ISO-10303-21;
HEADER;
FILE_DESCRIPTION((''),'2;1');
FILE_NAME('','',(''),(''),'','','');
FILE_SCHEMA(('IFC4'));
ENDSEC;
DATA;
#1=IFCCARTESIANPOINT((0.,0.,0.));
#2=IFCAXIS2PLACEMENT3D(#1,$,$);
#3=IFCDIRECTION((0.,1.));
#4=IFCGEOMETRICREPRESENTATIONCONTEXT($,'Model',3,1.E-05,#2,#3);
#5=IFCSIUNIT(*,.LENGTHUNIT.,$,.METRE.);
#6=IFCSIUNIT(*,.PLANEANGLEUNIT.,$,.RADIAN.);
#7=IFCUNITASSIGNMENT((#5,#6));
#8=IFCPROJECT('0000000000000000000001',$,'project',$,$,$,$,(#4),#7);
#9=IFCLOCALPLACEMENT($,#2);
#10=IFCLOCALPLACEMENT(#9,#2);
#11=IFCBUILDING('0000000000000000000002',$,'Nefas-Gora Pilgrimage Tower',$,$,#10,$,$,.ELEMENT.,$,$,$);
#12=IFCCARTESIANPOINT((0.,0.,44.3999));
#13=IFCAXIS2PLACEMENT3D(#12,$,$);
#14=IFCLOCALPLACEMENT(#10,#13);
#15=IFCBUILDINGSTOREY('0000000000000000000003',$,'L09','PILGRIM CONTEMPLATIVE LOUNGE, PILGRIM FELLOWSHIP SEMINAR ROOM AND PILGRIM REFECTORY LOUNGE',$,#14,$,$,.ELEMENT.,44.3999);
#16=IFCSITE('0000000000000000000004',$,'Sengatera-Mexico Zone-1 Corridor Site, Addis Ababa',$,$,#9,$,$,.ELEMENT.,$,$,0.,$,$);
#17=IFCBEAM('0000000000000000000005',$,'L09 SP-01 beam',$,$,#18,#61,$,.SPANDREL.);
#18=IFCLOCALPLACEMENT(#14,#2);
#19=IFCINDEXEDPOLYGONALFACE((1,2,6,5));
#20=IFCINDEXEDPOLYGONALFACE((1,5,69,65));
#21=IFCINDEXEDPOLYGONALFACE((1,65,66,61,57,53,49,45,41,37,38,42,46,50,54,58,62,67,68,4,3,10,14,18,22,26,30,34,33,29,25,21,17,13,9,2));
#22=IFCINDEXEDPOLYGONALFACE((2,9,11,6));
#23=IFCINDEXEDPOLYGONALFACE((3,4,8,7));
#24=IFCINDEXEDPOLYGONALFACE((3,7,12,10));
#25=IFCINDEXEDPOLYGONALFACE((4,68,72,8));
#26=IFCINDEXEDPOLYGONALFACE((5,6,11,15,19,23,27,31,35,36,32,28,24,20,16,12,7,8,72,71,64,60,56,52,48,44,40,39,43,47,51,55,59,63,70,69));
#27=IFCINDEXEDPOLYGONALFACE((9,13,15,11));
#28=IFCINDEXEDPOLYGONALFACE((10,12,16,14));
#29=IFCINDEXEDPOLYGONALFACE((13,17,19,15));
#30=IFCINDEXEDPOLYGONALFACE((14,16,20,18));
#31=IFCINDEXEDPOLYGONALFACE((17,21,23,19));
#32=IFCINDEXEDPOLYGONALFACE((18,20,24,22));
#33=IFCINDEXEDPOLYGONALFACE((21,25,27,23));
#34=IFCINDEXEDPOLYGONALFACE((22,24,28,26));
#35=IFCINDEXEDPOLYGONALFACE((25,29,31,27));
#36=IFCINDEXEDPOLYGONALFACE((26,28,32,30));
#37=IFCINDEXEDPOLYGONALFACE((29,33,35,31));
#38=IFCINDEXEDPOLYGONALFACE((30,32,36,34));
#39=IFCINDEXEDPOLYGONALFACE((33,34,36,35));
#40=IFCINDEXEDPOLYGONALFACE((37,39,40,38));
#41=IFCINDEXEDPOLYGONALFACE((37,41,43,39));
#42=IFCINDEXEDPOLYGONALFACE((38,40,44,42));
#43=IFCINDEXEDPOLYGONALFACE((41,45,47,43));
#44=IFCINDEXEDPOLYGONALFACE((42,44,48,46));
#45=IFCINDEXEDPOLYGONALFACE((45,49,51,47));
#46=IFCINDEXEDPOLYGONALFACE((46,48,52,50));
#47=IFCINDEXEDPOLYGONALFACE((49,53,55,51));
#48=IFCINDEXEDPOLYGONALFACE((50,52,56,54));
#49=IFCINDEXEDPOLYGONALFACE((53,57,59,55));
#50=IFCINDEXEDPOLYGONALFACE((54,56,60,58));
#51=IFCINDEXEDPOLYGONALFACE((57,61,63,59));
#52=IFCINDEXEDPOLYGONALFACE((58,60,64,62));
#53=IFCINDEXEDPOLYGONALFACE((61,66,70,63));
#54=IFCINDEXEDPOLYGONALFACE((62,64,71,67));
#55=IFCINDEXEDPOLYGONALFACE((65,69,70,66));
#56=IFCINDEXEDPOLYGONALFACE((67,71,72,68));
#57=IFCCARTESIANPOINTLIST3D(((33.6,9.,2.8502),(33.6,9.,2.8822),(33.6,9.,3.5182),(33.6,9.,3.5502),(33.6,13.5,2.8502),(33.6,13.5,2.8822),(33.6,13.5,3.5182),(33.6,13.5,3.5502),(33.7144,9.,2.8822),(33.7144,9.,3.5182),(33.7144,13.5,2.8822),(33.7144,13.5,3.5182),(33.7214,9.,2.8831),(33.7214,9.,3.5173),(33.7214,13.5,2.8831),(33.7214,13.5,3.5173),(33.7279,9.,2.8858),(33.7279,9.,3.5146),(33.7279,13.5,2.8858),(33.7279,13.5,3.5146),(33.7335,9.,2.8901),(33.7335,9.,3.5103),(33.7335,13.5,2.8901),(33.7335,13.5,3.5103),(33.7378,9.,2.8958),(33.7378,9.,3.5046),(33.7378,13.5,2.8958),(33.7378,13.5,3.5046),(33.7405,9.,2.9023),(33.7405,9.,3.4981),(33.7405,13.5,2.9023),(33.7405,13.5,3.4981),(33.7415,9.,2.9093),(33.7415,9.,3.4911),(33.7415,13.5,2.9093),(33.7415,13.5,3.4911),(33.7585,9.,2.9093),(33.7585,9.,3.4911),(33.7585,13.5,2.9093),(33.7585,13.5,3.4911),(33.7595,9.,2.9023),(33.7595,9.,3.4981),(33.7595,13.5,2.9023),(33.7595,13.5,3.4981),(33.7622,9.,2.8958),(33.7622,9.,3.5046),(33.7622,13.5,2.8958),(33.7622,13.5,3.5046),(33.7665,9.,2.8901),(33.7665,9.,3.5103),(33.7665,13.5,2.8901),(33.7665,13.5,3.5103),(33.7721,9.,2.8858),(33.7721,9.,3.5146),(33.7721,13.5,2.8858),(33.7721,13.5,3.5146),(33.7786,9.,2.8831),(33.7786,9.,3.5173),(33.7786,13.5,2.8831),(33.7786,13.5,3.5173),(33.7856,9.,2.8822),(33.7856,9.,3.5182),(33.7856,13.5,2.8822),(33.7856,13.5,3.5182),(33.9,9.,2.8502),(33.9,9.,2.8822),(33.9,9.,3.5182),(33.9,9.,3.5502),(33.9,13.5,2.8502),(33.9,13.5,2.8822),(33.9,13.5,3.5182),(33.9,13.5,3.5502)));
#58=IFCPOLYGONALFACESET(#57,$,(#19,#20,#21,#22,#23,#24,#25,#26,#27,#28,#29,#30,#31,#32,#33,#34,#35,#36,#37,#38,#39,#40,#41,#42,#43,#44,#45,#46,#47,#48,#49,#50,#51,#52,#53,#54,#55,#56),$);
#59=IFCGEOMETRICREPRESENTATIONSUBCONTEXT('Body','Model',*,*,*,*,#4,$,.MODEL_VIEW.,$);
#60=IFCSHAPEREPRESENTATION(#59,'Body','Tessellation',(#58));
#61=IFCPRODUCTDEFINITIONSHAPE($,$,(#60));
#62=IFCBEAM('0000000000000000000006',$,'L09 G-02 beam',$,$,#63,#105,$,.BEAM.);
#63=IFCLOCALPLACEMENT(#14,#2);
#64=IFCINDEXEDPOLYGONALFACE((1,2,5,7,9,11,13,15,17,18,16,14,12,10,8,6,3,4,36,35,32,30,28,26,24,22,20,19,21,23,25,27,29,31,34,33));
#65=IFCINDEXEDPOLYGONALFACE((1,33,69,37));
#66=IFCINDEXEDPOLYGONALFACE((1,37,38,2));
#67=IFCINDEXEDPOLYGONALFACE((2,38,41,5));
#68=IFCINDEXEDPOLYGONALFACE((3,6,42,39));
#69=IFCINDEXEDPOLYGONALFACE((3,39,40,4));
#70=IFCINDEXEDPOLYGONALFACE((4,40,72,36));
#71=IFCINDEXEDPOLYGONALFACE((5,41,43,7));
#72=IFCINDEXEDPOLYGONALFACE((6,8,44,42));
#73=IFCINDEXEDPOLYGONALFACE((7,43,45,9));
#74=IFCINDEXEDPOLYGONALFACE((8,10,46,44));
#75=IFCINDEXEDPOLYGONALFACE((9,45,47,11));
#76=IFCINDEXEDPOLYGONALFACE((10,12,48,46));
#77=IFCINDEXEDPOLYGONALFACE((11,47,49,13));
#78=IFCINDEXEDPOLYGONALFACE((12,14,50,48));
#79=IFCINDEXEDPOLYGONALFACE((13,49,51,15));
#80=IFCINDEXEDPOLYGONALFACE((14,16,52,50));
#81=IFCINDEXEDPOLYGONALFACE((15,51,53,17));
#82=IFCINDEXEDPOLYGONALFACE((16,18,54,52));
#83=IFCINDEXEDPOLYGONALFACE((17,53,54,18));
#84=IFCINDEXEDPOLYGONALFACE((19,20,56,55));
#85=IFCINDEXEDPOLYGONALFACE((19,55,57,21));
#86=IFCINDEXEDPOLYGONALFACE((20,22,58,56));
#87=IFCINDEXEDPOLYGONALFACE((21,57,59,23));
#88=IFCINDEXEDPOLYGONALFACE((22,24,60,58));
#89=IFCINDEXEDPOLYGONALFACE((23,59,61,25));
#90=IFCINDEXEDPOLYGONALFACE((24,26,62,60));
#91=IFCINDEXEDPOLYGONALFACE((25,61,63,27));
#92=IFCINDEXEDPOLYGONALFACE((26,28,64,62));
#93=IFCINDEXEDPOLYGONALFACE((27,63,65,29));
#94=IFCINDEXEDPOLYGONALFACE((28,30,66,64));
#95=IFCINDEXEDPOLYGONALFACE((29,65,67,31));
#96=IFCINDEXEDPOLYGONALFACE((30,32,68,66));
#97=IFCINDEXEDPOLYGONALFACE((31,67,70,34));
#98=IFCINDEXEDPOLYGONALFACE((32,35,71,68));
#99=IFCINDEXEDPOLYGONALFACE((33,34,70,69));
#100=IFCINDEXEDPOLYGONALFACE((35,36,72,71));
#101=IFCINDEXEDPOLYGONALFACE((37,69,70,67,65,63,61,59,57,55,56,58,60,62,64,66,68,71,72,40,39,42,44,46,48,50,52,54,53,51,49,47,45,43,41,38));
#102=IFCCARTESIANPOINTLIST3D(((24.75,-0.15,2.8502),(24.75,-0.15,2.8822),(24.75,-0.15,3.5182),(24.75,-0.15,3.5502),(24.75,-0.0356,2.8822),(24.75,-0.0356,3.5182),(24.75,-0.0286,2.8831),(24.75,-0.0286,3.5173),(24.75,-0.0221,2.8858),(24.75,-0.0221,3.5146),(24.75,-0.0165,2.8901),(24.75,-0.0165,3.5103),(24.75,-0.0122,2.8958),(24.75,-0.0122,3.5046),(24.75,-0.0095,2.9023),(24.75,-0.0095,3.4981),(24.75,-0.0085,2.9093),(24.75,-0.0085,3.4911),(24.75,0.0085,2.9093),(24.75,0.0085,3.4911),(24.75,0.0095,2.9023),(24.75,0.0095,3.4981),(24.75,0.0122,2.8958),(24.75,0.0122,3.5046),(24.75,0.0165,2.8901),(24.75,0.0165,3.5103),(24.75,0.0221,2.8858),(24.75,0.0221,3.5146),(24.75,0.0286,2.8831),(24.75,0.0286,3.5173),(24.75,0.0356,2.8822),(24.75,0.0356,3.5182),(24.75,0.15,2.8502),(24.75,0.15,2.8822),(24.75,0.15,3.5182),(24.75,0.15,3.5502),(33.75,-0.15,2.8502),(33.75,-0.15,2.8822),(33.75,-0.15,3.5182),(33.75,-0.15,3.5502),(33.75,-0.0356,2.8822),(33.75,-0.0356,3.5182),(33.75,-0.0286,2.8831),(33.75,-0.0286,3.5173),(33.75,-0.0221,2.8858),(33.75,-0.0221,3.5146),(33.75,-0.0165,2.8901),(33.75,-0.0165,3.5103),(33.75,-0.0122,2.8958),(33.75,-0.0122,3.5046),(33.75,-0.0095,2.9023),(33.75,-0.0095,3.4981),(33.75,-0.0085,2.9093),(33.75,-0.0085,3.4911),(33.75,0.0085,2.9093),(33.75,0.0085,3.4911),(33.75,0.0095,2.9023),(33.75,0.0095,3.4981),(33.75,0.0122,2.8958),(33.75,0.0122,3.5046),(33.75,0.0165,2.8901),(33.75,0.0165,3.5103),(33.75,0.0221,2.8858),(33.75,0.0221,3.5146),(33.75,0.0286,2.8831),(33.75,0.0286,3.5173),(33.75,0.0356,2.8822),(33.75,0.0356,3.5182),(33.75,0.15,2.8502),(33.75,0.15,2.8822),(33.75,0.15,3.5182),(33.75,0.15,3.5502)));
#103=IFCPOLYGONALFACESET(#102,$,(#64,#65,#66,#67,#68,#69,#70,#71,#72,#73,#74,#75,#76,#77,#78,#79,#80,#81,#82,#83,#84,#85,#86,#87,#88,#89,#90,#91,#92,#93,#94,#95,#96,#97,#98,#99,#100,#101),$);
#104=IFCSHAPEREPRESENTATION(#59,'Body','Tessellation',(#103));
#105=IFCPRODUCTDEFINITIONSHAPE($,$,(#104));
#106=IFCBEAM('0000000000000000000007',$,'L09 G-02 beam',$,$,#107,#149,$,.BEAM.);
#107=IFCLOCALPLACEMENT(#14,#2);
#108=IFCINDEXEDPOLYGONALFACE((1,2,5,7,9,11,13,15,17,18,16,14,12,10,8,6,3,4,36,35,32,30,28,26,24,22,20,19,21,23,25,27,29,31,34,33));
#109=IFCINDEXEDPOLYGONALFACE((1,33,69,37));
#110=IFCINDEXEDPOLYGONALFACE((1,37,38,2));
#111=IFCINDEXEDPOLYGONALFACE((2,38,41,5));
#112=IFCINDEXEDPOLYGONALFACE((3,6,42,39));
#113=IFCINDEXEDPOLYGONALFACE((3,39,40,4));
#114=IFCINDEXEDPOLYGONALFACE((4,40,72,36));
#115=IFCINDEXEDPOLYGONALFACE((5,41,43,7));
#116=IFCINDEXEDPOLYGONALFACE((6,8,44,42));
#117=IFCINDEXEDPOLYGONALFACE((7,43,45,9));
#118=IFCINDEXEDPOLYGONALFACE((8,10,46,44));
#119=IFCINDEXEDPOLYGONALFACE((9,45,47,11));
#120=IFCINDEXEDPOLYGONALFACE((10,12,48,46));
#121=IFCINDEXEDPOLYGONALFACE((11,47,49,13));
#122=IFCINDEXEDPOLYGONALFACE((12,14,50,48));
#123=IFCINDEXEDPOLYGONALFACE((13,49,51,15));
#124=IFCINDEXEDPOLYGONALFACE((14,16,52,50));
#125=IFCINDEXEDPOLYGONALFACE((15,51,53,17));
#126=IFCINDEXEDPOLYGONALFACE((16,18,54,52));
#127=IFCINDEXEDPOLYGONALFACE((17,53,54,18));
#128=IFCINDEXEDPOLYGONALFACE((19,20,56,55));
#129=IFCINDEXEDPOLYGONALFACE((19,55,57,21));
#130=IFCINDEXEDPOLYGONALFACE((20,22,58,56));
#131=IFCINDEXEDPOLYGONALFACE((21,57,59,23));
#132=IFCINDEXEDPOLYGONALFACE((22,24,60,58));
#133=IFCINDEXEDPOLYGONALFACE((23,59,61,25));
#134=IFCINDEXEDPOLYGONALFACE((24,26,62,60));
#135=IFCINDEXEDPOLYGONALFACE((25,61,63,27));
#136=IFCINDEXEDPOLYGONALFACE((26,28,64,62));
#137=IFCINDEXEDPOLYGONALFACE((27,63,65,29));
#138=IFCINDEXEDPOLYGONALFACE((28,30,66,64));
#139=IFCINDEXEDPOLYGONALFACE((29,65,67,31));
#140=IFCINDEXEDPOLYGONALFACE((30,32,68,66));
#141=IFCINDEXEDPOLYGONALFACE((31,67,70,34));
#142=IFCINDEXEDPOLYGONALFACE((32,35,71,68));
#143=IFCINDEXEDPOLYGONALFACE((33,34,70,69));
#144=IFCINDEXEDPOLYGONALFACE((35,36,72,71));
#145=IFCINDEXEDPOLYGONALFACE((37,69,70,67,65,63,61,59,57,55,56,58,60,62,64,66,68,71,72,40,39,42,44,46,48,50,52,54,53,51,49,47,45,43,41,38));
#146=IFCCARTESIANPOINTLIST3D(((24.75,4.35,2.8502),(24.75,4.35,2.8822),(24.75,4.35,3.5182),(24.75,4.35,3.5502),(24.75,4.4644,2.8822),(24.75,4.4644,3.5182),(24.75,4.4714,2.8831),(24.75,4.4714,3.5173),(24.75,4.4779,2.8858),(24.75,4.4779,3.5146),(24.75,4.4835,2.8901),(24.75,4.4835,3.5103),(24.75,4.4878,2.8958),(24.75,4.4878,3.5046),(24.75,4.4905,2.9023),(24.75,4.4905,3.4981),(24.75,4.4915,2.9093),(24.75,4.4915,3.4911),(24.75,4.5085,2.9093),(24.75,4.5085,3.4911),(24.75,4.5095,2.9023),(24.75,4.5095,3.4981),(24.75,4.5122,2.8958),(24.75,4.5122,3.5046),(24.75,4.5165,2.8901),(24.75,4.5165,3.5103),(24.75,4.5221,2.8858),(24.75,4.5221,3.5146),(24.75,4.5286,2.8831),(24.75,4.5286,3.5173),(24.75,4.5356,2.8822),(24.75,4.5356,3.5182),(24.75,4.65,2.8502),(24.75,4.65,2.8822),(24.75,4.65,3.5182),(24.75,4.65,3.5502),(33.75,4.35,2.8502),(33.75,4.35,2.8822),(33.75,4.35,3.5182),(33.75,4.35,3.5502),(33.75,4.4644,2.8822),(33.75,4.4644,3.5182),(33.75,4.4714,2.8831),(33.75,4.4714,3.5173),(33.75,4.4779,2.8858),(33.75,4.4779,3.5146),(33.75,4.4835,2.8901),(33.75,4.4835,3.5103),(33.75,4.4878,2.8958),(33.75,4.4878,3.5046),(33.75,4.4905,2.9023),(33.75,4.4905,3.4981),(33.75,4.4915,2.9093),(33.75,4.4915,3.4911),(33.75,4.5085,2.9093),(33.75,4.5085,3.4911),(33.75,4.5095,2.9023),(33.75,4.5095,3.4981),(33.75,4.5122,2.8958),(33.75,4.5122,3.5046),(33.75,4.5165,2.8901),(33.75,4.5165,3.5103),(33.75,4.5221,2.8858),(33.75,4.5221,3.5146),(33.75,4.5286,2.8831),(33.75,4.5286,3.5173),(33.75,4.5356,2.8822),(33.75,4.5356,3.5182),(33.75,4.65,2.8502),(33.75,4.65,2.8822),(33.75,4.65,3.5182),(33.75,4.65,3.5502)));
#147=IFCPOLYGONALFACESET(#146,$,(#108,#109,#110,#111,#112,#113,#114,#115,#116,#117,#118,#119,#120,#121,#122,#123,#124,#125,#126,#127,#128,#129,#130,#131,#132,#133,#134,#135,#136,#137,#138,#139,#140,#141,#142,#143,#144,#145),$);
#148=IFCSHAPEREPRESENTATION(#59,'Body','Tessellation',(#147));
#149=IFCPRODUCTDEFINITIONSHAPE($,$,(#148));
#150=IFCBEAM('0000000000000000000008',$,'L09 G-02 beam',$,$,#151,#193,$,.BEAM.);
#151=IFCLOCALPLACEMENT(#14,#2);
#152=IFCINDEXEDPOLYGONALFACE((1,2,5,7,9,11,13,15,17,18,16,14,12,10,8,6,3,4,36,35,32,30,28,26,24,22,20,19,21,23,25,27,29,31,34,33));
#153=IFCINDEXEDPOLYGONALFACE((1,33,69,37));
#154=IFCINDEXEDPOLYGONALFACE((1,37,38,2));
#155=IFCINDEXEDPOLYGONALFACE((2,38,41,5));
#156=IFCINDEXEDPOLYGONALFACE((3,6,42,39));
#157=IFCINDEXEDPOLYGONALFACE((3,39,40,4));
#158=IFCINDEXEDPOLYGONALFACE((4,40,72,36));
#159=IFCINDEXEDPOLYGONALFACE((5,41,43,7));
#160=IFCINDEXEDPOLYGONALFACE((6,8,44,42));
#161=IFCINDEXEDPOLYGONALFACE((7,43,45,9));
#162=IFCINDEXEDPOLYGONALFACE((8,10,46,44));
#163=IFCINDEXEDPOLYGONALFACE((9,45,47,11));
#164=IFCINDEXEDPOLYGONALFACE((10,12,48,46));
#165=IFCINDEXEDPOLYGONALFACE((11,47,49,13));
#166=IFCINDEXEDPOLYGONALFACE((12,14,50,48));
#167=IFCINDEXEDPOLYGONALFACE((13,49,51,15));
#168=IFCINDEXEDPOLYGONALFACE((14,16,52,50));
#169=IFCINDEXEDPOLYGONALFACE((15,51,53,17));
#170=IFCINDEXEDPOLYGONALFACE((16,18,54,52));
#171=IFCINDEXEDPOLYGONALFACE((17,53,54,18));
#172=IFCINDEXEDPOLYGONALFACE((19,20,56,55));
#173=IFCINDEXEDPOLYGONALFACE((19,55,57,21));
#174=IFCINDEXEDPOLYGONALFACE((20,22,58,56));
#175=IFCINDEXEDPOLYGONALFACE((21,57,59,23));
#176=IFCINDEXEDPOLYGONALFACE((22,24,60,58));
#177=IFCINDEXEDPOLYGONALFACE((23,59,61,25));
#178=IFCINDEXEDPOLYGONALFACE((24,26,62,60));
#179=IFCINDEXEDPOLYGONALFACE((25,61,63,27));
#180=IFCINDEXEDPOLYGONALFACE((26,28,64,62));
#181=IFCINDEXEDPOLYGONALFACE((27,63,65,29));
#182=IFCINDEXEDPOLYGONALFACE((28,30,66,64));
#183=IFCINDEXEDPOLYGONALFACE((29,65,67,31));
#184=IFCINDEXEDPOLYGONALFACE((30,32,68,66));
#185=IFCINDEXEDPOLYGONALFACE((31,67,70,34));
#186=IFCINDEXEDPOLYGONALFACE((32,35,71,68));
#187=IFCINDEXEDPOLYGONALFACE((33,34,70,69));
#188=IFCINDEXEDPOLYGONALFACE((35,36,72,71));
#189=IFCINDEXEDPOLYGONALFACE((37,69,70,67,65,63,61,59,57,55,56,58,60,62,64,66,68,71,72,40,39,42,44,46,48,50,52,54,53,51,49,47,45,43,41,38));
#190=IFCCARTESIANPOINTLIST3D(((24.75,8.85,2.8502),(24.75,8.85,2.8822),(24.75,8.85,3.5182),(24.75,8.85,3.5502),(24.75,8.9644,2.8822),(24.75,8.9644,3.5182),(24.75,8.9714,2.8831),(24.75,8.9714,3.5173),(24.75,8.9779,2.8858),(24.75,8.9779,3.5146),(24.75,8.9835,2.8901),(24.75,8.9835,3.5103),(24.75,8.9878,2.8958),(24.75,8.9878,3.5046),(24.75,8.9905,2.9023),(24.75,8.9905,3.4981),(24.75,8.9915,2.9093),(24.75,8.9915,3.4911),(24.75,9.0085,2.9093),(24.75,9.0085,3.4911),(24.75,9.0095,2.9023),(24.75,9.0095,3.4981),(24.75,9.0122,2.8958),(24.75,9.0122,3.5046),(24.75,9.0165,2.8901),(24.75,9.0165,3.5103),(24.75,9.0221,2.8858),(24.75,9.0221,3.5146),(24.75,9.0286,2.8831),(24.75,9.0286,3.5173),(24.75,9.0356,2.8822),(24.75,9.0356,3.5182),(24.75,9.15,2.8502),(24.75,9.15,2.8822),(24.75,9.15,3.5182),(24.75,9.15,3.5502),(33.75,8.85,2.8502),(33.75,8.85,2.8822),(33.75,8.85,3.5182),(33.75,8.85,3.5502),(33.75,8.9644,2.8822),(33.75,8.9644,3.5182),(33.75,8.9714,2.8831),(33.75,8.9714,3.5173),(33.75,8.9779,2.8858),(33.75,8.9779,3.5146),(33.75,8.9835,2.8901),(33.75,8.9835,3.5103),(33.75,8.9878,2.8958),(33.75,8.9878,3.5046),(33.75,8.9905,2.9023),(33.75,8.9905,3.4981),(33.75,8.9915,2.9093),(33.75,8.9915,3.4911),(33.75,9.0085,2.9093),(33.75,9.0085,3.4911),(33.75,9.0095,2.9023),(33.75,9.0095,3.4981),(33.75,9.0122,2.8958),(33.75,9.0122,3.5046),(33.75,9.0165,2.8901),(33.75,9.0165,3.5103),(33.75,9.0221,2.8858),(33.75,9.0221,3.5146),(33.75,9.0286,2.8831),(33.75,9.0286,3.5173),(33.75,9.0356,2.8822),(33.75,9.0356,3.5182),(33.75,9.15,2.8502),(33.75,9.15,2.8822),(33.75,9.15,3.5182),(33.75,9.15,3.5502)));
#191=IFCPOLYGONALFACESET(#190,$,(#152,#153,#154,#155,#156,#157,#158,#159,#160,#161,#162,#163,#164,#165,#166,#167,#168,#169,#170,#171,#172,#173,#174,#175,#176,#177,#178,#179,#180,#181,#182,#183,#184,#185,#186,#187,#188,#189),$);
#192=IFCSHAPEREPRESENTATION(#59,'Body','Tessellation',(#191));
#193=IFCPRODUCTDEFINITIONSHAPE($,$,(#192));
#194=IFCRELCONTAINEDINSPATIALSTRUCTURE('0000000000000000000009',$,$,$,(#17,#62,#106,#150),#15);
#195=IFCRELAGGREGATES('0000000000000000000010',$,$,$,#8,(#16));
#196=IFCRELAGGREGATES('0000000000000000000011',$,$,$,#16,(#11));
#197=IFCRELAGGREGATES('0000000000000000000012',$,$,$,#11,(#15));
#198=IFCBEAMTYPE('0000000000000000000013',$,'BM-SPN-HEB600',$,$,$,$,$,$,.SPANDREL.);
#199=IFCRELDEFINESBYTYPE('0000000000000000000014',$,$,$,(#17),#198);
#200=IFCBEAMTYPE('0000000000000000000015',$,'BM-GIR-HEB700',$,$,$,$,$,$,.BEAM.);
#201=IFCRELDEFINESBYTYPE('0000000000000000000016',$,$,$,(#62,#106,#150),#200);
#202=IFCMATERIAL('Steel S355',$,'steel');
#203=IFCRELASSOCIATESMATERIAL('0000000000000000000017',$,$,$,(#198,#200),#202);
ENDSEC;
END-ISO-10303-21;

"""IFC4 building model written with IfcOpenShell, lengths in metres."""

from ifc_helpers import new_model, si_unit, direction, frame, origin, origin_2d, place, context, subcontext, project, spatial, i_section, extrude, source, transform, mapped, material, material_profile, profile_set, type_object, element, save


model = new_model("IFC4")

# Units and contexts
model_context = context("Model", 3, precision=1e-05, world=origin(), true_north=direction((0.0, 1.0)))
body_context = subcontext(model_context, "Body", "Model", "MODEL_VIEW")
ifc_project = project(units=[si_unit("LENGTHUNIT", "METRE"), si_unit("PLANEANGLEUNIT", "RADIAN")], contexts=[model_context])

# Site, building, storey
site_placement = place(None, origin())
site = spatial("IfcSite", under=ifc_project, at=site_placement, Name="Sengatera-Mexico Zone-1 Corridor Site, Addis Ababa", CompositionType="ELEMENT", RefElevation=0.0)
building_placement = place(site_placement, origin())
building = spatial("IfcBuilding", under=site, at=building_placement, Name="Nefas-Gora Pilgrimage Tower", CompositionType="ELEMENT")
storey_placement = place(building_placement, frame((0.0, 0.0, 44.3999)))
storey = spatial("IfcBuildingStorey", under=building, at=storey_placement, Name="L09", Description="PILGRIM CONTEMPLATIVE LOUNGE, PILGRIM FELLOWSHIP SEMINAR ROOM AND PILGRIM REFECTORY LOUNGE", CompositionType="ELEMENT", Elevation=44.3999)

# Beams
ifc_material_1 = material(Name="Steel S355", Category="steel")
ifc_material_profile_1 = material_profile(ifc_material_1, i_section(OverallWidth=0.3, OverallDepth=0.7, WebThickness=0.0171, FlangeThickness=0.032, FilletRadius=0.0271, at=origin_2d()), Name="HEB 700")
ifc_profile_set_1 = profile_set([ifc_material_profile_1], Name="Steel S355")
beam_type_1 = type_object("IfcBeamType", Name="BM-SPN-HEB600", PredefinedType="SPANDREL", material=ifc_profile_set_1)
shared_shape_1 = source(origin(), body_context, "Body", "SweptSolid", [
    extrude(i_section(OverallWidth=0.3, OverallDepth=0.7, WebThickness=0.0171, FlangeThickness=0.032, FilletRadius=0.0271, at=origin_2d()), origin(), (0.0, 0.0, 1.0), 4.5),
])
for number, where, z_axis, x_axis, name in (
    (1, (33.75, 9.0, 3.2002), (0.0, 1.0, 0.0), (-1.0, 0.0, 0.0), "L09 SP-01 beam"),
):
    element("IfcBeam", number, at=place(storey_placement, frame(where, z_axis=z_axis, x_axis=x_axis)), inside=storey, type_object=beam_type_1, Name=name, PredefinedType="SPANDREL", context=body_context, shape_type="MappedRepresentation", body=[
        mapped(shared_shape_1, transform((0.0, 0.0, 0.0), x_axis=(1.0, 0.0, 0.0), y_axis=(0.0, 1.0, 0.0), z_axis=(0.0, 0.0, 1.0), scale=1.0)),
    ])
ifc_material_profile_2 = material_profile(ifc_material_1, i_section(OverallWidth=0.3, OverallDepth=0.7, WebThickness=0.0171, FlangeThickness=0.032, FilletRadius=0.0271, at=origin_2d()), Name="HEB 700")
ifc_profile_set_2 = profile_set([ifc_material_profile_2], Name="Steel S355")
beam_type_2 = type_object("IfcBeamType", Name="BM-GIR-HEB700", PredefinedType="BEAM", material=ifc_profile_set_2)
shared_shape_2 = source(origin(), body_context, "Body", "SweptSolid", [
    extrude(i_section(OverallWidth=0.3, OverallDepth=0.7, WebThickness=0.0171, FlangeThickness=0.032, FilletRadius=0.0271, at=origin_2d()), origin(), (0.0, 0.0, 1.0), 9.0),
])
for number, where, z_axis, x_axis, name in (
    (2, (24.75, 0.0, 3.2002), (1.0, 0.0, 0.0), (0.0, 1.0, 0.0), "L09 G-02 beam"),
    (3, (24.75, 4.5, 3.2002), (1.0, 0.0, 0.0), (0.0, 1.0, 0.0), "L09 G-02 beam"),
    (4, (24.75, 9.0, 3.2002), (1.0, 0.0, 0.0), (0.0, 1.0, 0.0), "L09 G-02 beam"),
):
    element("IfcBeam", number, at=place(storey_placement, frame(where, z_axis=z_axis, x_axis=x_axis)), inside=storey, type_object=beam_type_2, Name=name, PredefinedType="BEAM", context=body_context, shape_type="MappedRepresentation", body=[
        mapped(shared_shape_2, transform((0.0, 0.0, 0.0), x_axis=(1.0, 0.0, 0.0), y_axis=(0.0, 1.0, 0.0), z_axis=(0.0, 0.0, 1.0), scale=1.0)),
    ])

save(model, "model.ifc")
